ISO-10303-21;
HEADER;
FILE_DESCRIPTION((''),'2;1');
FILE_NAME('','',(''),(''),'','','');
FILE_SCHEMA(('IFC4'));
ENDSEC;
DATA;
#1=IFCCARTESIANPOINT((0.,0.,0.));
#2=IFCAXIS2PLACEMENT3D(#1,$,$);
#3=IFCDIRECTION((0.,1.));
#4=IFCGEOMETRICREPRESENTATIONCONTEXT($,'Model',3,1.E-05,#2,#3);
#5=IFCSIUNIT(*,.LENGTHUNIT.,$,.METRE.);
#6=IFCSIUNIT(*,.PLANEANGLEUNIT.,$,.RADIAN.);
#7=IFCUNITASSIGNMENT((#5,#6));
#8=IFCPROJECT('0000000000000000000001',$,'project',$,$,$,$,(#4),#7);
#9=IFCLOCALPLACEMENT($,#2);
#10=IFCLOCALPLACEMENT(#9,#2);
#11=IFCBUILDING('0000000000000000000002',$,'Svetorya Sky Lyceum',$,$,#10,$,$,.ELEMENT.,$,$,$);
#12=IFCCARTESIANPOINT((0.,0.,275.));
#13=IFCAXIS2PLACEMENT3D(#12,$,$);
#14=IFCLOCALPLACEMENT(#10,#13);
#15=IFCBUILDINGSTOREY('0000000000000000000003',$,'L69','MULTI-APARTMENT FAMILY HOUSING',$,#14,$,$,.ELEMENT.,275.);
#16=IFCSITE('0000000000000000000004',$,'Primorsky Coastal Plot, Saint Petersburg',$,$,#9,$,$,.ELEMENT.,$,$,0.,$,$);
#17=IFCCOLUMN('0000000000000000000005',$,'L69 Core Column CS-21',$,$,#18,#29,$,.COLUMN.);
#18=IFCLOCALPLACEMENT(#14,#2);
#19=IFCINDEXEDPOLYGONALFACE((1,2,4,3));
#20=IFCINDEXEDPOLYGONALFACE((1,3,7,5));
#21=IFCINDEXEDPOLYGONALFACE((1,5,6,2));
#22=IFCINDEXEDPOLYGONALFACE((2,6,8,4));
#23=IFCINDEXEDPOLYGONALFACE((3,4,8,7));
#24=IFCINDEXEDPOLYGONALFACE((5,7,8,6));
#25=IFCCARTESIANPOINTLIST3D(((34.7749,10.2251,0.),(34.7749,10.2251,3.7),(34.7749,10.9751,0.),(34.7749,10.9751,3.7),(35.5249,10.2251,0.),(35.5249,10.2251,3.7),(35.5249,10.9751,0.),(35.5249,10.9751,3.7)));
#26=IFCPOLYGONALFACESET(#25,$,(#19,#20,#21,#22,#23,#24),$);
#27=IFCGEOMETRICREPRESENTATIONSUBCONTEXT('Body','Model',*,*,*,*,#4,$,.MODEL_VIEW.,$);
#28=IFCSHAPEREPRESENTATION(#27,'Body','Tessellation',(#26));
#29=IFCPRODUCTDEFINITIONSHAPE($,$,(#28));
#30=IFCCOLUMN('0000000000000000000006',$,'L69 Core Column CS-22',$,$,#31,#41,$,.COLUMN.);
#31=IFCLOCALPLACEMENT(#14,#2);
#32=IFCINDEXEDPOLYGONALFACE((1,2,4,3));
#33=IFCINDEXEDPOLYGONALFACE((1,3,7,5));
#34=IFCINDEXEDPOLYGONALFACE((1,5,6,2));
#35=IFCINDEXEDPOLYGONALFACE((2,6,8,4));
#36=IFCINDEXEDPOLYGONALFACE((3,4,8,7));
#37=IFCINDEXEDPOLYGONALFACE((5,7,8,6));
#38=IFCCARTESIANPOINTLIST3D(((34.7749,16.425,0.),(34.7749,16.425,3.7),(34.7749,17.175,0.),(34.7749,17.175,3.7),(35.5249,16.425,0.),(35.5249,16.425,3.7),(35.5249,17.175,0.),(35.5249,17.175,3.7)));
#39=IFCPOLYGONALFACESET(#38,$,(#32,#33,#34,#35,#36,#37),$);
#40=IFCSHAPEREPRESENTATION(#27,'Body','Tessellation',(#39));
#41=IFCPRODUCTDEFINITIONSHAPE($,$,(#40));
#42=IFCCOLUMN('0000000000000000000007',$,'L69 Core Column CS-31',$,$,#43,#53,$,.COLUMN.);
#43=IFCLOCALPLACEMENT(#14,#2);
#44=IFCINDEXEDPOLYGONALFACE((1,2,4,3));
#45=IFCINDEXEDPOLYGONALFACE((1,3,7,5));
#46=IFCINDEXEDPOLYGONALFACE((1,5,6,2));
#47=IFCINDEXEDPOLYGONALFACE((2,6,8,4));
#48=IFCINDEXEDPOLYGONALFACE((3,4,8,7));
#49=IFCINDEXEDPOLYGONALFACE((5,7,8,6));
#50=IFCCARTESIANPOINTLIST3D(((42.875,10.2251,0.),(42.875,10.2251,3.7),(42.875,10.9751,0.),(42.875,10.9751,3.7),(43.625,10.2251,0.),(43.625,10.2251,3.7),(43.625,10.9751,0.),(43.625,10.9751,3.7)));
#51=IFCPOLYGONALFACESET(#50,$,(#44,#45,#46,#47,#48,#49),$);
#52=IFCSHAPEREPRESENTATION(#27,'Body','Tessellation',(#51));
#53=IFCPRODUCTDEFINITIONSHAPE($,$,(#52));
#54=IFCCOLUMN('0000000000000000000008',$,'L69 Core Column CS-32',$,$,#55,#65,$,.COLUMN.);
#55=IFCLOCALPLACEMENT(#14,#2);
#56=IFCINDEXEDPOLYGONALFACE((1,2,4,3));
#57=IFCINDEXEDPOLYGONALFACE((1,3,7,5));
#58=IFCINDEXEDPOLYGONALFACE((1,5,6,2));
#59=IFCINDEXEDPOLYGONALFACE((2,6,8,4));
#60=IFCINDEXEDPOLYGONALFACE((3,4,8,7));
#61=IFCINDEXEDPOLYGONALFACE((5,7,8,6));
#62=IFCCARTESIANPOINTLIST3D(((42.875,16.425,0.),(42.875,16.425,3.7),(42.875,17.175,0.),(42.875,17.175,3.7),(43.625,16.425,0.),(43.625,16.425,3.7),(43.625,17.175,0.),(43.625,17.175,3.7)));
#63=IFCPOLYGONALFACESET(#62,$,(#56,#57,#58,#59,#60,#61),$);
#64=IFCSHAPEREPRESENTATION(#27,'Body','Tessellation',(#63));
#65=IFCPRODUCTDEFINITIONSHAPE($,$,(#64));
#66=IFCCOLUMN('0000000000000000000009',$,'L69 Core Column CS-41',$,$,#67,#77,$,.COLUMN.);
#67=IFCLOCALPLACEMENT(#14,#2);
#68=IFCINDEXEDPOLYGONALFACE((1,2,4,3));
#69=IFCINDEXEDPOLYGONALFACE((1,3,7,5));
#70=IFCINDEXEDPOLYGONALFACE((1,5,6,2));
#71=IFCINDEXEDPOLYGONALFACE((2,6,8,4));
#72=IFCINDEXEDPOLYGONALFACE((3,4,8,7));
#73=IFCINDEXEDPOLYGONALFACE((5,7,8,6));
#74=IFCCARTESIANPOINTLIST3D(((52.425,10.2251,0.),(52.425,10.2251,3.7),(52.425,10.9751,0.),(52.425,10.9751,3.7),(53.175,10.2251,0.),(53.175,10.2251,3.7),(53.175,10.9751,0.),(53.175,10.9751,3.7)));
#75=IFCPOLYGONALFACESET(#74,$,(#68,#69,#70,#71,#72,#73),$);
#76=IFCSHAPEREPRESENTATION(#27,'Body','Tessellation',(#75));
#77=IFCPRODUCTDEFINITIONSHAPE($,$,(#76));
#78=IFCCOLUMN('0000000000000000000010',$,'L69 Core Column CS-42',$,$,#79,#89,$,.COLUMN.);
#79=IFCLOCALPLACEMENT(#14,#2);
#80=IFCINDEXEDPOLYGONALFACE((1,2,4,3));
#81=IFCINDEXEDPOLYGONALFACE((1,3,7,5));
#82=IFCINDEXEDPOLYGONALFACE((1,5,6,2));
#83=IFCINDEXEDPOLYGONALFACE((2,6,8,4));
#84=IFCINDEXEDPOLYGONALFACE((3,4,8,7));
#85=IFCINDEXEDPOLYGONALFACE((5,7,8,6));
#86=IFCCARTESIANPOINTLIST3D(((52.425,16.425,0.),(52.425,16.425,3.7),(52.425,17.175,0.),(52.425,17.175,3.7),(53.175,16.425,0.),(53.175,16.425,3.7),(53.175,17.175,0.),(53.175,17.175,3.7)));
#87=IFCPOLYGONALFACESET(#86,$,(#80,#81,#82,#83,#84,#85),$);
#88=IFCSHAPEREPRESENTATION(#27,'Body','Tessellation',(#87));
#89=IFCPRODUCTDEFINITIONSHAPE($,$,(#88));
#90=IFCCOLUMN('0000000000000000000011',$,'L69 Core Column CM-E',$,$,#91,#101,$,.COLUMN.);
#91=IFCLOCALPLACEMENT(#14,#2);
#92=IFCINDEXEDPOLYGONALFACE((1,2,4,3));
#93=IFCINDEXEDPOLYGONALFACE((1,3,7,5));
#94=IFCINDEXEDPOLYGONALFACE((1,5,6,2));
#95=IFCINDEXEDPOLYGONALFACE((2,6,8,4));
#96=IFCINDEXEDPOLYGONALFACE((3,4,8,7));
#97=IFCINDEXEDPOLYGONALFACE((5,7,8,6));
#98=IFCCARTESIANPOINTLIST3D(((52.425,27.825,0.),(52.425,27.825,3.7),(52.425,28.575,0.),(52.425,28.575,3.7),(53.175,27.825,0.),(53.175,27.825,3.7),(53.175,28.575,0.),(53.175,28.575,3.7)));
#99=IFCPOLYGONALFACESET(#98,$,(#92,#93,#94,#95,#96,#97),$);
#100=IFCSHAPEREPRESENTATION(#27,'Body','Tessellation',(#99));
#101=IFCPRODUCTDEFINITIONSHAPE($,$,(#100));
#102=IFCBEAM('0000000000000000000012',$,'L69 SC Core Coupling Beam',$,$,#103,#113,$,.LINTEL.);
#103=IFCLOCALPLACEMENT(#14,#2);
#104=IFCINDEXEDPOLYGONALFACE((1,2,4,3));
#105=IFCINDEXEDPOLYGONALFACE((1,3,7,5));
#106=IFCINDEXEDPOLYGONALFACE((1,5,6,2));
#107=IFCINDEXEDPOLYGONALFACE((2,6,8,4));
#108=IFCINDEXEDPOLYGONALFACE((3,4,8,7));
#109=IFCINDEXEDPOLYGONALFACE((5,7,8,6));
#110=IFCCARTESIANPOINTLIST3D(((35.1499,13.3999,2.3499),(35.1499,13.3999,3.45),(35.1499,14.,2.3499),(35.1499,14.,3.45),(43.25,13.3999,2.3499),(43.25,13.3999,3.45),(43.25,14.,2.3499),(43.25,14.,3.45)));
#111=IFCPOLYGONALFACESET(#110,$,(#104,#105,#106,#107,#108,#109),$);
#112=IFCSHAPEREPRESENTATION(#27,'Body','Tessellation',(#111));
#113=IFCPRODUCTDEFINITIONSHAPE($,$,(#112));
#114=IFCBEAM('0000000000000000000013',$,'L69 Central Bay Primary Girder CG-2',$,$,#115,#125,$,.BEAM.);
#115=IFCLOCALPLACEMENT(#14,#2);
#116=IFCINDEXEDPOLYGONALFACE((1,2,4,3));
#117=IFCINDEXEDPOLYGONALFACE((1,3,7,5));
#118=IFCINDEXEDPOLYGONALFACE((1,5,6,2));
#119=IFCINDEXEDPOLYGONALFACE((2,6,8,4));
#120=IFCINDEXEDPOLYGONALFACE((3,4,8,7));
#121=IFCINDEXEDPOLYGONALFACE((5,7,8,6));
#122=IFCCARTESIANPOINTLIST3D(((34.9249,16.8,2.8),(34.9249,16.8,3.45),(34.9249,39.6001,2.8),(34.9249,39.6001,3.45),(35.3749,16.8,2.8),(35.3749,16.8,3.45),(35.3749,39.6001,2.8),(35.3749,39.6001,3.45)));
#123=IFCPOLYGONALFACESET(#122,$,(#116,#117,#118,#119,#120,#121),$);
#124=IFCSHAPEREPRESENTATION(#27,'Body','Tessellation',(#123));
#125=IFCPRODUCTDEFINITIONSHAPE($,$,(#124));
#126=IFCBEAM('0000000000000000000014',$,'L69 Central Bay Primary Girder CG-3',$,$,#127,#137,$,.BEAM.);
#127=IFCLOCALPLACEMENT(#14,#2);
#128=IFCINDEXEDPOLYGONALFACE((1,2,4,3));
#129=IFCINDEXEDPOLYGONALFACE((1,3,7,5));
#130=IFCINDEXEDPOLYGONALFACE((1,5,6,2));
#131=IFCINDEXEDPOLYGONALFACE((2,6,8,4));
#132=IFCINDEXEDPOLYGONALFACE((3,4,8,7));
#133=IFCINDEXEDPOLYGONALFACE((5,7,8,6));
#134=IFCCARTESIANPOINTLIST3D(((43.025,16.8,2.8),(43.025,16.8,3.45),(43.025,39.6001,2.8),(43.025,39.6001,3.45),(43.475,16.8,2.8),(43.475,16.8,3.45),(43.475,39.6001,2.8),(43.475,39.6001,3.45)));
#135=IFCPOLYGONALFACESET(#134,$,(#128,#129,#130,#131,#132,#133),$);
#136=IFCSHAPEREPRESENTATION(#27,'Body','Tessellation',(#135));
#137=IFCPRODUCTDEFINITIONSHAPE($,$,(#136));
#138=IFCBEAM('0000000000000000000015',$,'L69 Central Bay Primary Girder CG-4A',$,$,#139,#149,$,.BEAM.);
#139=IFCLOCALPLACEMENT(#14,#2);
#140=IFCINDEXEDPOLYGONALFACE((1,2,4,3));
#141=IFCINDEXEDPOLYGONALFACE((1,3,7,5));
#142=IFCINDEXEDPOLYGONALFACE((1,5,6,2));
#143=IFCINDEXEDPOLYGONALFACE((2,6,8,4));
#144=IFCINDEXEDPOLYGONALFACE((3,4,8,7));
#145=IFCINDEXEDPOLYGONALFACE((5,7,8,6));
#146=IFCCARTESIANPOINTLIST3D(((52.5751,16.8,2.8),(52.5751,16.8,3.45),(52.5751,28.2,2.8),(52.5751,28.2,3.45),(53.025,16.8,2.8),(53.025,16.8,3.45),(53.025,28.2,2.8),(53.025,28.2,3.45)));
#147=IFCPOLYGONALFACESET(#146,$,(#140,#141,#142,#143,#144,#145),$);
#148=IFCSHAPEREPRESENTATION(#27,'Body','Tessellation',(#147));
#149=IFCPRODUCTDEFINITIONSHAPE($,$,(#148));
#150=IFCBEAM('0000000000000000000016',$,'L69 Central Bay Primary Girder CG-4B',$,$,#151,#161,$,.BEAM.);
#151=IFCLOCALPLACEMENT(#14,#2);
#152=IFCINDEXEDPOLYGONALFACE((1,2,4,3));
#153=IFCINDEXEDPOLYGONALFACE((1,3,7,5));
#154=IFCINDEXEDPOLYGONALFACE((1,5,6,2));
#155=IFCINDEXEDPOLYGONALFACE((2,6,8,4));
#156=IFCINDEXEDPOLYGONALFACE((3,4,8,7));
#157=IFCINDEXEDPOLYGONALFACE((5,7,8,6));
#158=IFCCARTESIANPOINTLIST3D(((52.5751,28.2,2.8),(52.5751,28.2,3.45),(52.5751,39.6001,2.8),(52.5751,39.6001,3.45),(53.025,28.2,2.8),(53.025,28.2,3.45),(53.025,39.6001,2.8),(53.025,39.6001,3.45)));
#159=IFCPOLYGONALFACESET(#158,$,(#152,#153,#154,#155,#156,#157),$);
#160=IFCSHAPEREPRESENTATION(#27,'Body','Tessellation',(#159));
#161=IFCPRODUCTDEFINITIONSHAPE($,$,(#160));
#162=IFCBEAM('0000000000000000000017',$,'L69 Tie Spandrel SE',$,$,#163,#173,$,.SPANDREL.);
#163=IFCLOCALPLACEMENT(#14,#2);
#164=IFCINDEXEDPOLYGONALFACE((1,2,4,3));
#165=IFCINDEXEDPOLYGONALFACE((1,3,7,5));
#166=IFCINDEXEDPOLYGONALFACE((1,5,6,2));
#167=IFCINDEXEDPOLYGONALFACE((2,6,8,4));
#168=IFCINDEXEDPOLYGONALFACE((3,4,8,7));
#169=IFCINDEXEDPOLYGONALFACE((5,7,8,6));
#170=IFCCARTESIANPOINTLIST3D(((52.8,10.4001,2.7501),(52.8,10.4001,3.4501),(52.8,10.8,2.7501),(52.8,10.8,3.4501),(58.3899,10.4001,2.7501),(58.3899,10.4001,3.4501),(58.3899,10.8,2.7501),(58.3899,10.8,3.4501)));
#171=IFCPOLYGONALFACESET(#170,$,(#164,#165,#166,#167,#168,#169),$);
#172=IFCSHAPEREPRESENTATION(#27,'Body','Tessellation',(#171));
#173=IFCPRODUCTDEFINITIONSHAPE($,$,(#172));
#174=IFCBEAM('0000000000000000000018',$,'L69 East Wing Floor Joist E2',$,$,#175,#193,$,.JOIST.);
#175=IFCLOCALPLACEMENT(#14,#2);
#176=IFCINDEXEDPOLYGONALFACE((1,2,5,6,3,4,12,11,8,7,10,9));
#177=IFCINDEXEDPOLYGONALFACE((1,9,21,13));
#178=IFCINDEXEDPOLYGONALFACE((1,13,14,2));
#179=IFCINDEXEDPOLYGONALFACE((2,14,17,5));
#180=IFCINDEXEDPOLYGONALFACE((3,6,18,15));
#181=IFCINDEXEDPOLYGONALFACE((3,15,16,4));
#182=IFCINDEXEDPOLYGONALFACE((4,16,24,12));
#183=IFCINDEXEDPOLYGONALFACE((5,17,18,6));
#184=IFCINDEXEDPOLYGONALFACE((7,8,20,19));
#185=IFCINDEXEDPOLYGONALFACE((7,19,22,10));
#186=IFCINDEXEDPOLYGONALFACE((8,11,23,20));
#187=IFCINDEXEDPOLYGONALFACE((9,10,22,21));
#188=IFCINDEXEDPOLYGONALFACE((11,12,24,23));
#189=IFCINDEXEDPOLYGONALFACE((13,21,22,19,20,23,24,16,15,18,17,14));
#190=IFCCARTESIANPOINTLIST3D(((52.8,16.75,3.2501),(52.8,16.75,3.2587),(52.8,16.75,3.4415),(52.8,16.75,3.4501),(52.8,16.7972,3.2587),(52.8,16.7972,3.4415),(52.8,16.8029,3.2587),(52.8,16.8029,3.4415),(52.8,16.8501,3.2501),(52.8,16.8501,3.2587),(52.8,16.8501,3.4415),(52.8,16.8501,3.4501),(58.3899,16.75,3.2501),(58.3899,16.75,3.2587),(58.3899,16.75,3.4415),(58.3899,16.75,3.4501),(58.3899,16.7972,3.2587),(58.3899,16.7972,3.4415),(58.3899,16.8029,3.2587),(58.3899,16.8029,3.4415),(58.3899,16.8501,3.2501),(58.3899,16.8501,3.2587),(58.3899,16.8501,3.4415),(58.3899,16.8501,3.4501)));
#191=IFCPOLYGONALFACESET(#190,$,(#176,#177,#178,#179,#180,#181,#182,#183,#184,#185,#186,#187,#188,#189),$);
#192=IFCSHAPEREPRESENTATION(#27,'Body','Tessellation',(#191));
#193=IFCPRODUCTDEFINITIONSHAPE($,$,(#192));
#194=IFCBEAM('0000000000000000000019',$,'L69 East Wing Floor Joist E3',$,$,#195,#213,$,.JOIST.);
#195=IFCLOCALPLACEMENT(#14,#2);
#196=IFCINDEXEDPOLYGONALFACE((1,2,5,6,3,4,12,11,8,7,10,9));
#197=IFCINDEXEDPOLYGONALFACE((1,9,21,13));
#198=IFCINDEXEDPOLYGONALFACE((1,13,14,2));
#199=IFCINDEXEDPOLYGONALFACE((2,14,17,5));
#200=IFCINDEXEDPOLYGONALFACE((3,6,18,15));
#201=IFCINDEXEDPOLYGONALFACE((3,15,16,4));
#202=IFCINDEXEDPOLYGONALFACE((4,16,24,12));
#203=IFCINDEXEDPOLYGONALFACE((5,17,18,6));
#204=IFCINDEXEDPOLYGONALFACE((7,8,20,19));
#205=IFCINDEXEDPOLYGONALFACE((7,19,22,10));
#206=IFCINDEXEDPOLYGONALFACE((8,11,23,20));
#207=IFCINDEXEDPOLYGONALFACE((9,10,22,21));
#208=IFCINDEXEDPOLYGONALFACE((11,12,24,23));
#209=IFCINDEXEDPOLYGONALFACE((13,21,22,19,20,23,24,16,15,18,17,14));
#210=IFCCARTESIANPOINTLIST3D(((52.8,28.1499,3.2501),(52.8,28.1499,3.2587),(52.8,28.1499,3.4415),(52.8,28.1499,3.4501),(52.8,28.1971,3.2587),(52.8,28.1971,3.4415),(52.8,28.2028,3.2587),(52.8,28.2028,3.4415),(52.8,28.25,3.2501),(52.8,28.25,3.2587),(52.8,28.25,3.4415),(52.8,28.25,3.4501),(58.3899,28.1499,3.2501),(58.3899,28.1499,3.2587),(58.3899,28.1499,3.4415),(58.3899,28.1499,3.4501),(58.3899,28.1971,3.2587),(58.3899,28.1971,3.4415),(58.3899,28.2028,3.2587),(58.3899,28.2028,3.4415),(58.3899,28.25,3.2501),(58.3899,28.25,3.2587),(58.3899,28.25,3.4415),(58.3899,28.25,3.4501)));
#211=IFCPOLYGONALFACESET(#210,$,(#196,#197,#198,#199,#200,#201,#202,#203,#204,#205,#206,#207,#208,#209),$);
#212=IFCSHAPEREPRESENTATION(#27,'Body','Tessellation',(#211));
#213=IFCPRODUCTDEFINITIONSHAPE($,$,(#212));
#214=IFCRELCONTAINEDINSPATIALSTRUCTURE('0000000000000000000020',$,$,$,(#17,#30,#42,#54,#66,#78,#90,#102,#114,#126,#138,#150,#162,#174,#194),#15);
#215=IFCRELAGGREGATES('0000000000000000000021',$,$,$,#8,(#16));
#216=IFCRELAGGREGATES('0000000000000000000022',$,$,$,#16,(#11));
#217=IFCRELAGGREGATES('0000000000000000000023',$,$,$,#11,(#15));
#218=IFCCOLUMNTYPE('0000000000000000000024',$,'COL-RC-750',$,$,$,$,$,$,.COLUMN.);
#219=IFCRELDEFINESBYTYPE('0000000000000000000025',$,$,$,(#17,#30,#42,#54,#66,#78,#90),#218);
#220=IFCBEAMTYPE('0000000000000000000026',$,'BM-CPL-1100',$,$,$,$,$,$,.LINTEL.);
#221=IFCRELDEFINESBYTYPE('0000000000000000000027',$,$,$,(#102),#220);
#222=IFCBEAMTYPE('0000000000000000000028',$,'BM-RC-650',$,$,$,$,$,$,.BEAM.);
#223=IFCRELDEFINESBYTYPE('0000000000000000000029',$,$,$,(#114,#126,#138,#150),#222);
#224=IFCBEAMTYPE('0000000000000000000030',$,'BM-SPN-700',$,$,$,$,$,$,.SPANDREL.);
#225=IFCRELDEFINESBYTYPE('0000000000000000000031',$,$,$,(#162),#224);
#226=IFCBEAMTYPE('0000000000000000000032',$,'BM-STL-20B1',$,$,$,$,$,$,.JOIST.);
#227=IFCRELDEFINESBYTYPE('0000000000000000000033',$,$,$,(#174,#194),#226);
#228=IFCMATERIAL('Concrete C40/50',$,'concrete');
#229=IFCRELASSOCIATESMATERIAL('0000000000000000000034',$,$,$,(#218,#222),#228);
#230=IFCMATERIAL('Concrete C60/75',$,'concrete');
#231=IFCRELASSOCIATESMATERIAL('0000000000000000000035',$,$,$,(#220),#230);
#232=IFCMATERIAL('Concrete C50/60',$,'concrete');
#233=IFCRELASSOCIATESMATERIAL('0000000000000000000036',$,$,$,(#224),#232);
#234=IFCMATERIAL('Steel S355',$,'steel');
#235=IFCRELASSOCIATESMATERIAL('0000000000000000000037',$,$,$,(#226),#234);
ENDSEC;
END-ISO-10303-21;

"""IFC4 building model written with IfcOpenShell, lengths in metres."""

from ifc_helpers import new_model, si_unit, direction, frame, origin, origin_2d, place, context, subcontext, project, spatial, rectangle, i_section, extrude, material, material_profile, profile_set, type_object, element, save


model = new_model("IFC4")

# Units and contexts
model_context = context("Model", 3, precision=1e-05, world=origin(), true_north=direction((0.0, 1.0)))
body_context = subcontext(model_context, "Body", "Model", "MODEL_VIEW")
ifc_project = project(units=[si_unit("LENGTHUNIT", "METRE"), si_unit("PLANEANGLEUNIT", "RADIAN")], contexts=[model_context])

# Site, building, storey
site_placement = place(None, origin())
site = spatial("IfcSite", under=ifc_project, at=site_placement, Name="Primorsky Coastal Plot, Saint Petersburg", CompositionType="ELEMENT", RefElevation=0.0)
building_placement = place(site_placement, origin())
building = spatial("IfcBuilding", under=site, at=building_placement, Name="Svetorya Sky Lyceum", CompositionType="ELEMENT")
storey_placement = place(building_placement, frame((0.0, 0.0, 275.0)))
storey = spatial("IfcBuildingStorey", under=building, at=storey_placement, Name="L69", Description="MULTI-APARTMENT FAMILY HOUSING", CompositionType="ELEMENT", Elevation=275.0)

# Columns
ifc_material_1 = material(Name="Concrete C40/50", Category="concrete")
ifc_material_profile_1 = material_profile(ifc_material_1, rectangle(XDim=0.75, YDim=0.75, at=origin_2d()), Name="RC COL 750x750")
ifc_profile_set_1 = profile_set([ifc_material_profile_1], Name="Concrete C40/50")
column_type = type_object("IfcColumnType", Name="COL-RC-750", PredefinedType="COLUMN", material=ifc_profile_set_1)
for number, where, z_axis, x_axis, name in (
    (1, (35.1499, 10.6001, 0.0), (0.0, 0.0, 1.0), (1.0, 0.0, 0.0), "L69 Core Column CS-21"),
    (2, (35.1499, 16.8, 0.0), (0.0, 0.0, 1.0), (1.0, 0.0, 0.0), "L69 Core Column CS-22"),
    (3, (43.25, 10.6001, 0.0), (0.0, 0.0, 1.0), (1.0, 0.0, 0.0), "L69 Core Column CS-31"),
    (4, (43.25, 16.8, 0.0), (0.0, 0.0, 1.0), (1.0, 0.0, 0.0), "L69 Core Column CS-32"),
    (5, (52.8, 10.6001, 0.0), (0.0, 0.0, 1.0), (1.0, 0.0, 0.0), "L69 Core Column CS-41"),
    (6, (52.8, 16.8, 0.0), (0.0, 0.0, 1.0), (1.0, 0.0, 0.0), "L69 Core Column CS-42"),
    (7, (52.8, 28.2, 0.0), (0.0, 0.0, 1.0), (1.0, 0.0, 0.0), "L69 Core Column CM-E"),
):
    element("IfcColumn", number, at=place(storey_placement, frame(where, z_axis=z_axis, x_axis=x_axis)), inside=storey, type_object=column_type, Name=name, PredefinedType="COLUMN", context=body_context, shape_type="SweptSolid", body=[
        extrude(rectangle(XDim=0.75, YDim=0.75, at=origin_2d()), origin(), (0.0, 0.0, 1.0), 3.7),
    ])

# Beams
ifc_material_2 = material(Name="Concrete C60/75", Category="concrete")
ifc_material_profile_2 = material_profile(ifc_material_2, rectangle(XDim=0.6001, YDim=1.1001, at=origin_2d()), Name="RC COUPLING 600x1100")
ifc_profile_set_2 = profile_set([ifc_material_profile_2], Name="Concrete C60/75")
beam_type_1 = type_object("IfcBeamType", Name="BM-CPL-1100", PredefinedType="LINTEL", material=ifc_profile_set_2)
beam_1_placement = place(storey_placement, frame((35.1499, 13.7, 2.8999), z_axis=(1.0, 0.0, 0.0), x_axis=(0.0, 1.0, 0.0)))
element("IfcBeam", 8, at=beam_1_placement, inside=storey, type_object=beam_type_1, Name="L69 SC Core Coupling Beam", PredefinedType="LINTEL", context=body_context, shape_type="SweptSolid", body=[
    extrude(rectangle(XDim=0.6001, YDim=1.1001, at=origin_2d()), origin(), (0.0, 0.0, 1.0), 8.1001),
])
ifc_material_profile_3 = material_profile(ifc_material_1, rectangle(XDim=0.45, YDim=0.6499, at=origin_2d()), Name="RC BEAM 450x650")
ifc_profile_set_3 = profile_set([ifc_material_profile_3], Name="Concrete C40/50")
beam_type_2 = type_object("IfcBeamType", Name="BM-RC-650", PredefinedType="BEAM", material=ifc_profile_set_3)
for number, where, z_axis, x_axis, name in (
    (9, (35.1499, 16.8, 3.125), (0.0, 1.0, 0.0), (-1.0, 0.0, 0.0), "L69 Central Bay Primary Girder CG-2"),
    (10, (43.25, 16.8, 3.125), (0.0, 1.0, 0.0), (-1.0, 0.0, 0.0), "L69 Central Bay Primary Girder CG-3"),
):
    element("IfcBeam", number, at=place(storey_placement, frame(where, z_axis=z_axis, x_axis=x_axis)), inside=storey, type_object=beam_type_2, Name=name, PredefinedType="BEAM", context=body_context, shape_type="SweptSolid", body=[
        extrude(rectangle(XDim=0.45, YDim=0.6499, at=origin_2d()), origin(), (0.0, 0.0, 1.0), 22.8),
    ])
beam_2_placement = place(storey_placement, frame((52.8, 16.8, 3.125), z_axis=(0.0, 1.0, 0.0), x_axis=(-1.0, 0.0, 0.0)))
element("IfcBeam", 11, at=beam_2_placement, inside=storey, type_object=beam_type_2, Name="L69 Central Bay Primary Girder CG-4A", PredefinedType="BEAM", context=body_context, shape_type="SweptSolid", body=[
    extrude(rectangle(XDim=0.45, YDim=0.6499, at=origin_2d()), origin(), (0.0, 0.0, 1.0), 11.3999),
])
beam_3_placement = place(storey_placement, frame((52.8, 28.2, 3.125), z_axis=(0.0, 1.0, 0.0), x_axis=(-1.0, 0.0, 0.0)))
element("IfcBeam", 12, at=beam_3_placement, inside=storey, type_object=beam_type_2, Name="L69 Central Bay Primary Girder CG-4B", PredefinedType="BEAM", context=body_context, shape_type="SweptSolid", body=[
    extrude(rectangle(XDim=0.45, YDim=0.6499, at=origin_2d()), origin(), (0.0, 0.0, 1.0), 11.4001),
])
ifc_material_3 = material(Name="Concrete C50/60", Category="concrete")
ifc_material_profile_4 = material_profile(ifc_material_3, rectangle(XDim=0.3999, YDim=0.7, at=origin_2d()), Name="RC SPANDREL 400x700")
ifc_profile_set_4 = profile_set([ifc_material_profile_4], Name="Concrete C50/60")
beam_type_3 = type_object("IfcBeamType", Name="BM-SPN-700", PredefinedType="SPANDREL", material=ifc_profile_set_4)
beam_4_placement = place(storey_placement, frame((52.8, 10.6001, 3.1001), z_axis=(1.0, 0.0, 0.0), x_axis=(0.0, 1.0, 0.0)))
element("IfcBeam", 13, at=beam_4_placement, inside=storey, type_object=beam_type_3, Name="L69 Tie Spandrel SE", PredefinedType="SPANDREL", context=body_context, shape_type="SweptSolid", body=[
    extrude(rectangle(XDim=0.3999, YDim=0.7, at=origin_2d()), origin(), (0.0, 0.0, 1.0), 5.5898),
])
ifc_material_4 = material(Name="Steel S355", Category="steel")
ifc_material_profile_5 = material_profile(ifc_material_4, i_section(OverallWidth=0.1001, OverallDepth=0.2, WebThickness=0.0056, FlangeThickness=0.0085, at=origin_2d()), Name="GOST 20B1")
ifc_profile_set_5 = profile_set([ifc_material_profile_5], Name="Steel S355")
beam_type_4 = type_object("IfcBeamType", Name="BM-STL-20B1", PredefinedType="JOIST", material=ifc_profile_set_5)
for number, where, z_axis, x_axis, name in (
    (14, (52.8, 16.8, 3.3501), (1.0, 0.0, 0.0), (0.0, 1.0, 0.0), "L69 East Wing Floor Joist E2"),
    (15, (52.8, 28.2, 3.3501), (1.0, 0.0, 0.0), (0.0, 1.0, 0.0), "L69 East Wing Floor Joist E3"),
):
    element("IfcBeam", number, at=place(storey_placement, frame(where, z_axis=z_axis, x_axis=x_axis)), inside=storey, type_object=beam_type_4, Name=name, PredefinedType="JOIST", context=body_context, shape_type="SweptSolid", body=[
        extrude(i_section(OverallWidth=0.1001, OverallDepth=0.2, WebThickness=0.0056, FlangeThickness=0.0085, at=origin_2d()), origin(), (0.0, 0.0, 1.0), 5.5898),
    ])

save(model, "model.ifc")
